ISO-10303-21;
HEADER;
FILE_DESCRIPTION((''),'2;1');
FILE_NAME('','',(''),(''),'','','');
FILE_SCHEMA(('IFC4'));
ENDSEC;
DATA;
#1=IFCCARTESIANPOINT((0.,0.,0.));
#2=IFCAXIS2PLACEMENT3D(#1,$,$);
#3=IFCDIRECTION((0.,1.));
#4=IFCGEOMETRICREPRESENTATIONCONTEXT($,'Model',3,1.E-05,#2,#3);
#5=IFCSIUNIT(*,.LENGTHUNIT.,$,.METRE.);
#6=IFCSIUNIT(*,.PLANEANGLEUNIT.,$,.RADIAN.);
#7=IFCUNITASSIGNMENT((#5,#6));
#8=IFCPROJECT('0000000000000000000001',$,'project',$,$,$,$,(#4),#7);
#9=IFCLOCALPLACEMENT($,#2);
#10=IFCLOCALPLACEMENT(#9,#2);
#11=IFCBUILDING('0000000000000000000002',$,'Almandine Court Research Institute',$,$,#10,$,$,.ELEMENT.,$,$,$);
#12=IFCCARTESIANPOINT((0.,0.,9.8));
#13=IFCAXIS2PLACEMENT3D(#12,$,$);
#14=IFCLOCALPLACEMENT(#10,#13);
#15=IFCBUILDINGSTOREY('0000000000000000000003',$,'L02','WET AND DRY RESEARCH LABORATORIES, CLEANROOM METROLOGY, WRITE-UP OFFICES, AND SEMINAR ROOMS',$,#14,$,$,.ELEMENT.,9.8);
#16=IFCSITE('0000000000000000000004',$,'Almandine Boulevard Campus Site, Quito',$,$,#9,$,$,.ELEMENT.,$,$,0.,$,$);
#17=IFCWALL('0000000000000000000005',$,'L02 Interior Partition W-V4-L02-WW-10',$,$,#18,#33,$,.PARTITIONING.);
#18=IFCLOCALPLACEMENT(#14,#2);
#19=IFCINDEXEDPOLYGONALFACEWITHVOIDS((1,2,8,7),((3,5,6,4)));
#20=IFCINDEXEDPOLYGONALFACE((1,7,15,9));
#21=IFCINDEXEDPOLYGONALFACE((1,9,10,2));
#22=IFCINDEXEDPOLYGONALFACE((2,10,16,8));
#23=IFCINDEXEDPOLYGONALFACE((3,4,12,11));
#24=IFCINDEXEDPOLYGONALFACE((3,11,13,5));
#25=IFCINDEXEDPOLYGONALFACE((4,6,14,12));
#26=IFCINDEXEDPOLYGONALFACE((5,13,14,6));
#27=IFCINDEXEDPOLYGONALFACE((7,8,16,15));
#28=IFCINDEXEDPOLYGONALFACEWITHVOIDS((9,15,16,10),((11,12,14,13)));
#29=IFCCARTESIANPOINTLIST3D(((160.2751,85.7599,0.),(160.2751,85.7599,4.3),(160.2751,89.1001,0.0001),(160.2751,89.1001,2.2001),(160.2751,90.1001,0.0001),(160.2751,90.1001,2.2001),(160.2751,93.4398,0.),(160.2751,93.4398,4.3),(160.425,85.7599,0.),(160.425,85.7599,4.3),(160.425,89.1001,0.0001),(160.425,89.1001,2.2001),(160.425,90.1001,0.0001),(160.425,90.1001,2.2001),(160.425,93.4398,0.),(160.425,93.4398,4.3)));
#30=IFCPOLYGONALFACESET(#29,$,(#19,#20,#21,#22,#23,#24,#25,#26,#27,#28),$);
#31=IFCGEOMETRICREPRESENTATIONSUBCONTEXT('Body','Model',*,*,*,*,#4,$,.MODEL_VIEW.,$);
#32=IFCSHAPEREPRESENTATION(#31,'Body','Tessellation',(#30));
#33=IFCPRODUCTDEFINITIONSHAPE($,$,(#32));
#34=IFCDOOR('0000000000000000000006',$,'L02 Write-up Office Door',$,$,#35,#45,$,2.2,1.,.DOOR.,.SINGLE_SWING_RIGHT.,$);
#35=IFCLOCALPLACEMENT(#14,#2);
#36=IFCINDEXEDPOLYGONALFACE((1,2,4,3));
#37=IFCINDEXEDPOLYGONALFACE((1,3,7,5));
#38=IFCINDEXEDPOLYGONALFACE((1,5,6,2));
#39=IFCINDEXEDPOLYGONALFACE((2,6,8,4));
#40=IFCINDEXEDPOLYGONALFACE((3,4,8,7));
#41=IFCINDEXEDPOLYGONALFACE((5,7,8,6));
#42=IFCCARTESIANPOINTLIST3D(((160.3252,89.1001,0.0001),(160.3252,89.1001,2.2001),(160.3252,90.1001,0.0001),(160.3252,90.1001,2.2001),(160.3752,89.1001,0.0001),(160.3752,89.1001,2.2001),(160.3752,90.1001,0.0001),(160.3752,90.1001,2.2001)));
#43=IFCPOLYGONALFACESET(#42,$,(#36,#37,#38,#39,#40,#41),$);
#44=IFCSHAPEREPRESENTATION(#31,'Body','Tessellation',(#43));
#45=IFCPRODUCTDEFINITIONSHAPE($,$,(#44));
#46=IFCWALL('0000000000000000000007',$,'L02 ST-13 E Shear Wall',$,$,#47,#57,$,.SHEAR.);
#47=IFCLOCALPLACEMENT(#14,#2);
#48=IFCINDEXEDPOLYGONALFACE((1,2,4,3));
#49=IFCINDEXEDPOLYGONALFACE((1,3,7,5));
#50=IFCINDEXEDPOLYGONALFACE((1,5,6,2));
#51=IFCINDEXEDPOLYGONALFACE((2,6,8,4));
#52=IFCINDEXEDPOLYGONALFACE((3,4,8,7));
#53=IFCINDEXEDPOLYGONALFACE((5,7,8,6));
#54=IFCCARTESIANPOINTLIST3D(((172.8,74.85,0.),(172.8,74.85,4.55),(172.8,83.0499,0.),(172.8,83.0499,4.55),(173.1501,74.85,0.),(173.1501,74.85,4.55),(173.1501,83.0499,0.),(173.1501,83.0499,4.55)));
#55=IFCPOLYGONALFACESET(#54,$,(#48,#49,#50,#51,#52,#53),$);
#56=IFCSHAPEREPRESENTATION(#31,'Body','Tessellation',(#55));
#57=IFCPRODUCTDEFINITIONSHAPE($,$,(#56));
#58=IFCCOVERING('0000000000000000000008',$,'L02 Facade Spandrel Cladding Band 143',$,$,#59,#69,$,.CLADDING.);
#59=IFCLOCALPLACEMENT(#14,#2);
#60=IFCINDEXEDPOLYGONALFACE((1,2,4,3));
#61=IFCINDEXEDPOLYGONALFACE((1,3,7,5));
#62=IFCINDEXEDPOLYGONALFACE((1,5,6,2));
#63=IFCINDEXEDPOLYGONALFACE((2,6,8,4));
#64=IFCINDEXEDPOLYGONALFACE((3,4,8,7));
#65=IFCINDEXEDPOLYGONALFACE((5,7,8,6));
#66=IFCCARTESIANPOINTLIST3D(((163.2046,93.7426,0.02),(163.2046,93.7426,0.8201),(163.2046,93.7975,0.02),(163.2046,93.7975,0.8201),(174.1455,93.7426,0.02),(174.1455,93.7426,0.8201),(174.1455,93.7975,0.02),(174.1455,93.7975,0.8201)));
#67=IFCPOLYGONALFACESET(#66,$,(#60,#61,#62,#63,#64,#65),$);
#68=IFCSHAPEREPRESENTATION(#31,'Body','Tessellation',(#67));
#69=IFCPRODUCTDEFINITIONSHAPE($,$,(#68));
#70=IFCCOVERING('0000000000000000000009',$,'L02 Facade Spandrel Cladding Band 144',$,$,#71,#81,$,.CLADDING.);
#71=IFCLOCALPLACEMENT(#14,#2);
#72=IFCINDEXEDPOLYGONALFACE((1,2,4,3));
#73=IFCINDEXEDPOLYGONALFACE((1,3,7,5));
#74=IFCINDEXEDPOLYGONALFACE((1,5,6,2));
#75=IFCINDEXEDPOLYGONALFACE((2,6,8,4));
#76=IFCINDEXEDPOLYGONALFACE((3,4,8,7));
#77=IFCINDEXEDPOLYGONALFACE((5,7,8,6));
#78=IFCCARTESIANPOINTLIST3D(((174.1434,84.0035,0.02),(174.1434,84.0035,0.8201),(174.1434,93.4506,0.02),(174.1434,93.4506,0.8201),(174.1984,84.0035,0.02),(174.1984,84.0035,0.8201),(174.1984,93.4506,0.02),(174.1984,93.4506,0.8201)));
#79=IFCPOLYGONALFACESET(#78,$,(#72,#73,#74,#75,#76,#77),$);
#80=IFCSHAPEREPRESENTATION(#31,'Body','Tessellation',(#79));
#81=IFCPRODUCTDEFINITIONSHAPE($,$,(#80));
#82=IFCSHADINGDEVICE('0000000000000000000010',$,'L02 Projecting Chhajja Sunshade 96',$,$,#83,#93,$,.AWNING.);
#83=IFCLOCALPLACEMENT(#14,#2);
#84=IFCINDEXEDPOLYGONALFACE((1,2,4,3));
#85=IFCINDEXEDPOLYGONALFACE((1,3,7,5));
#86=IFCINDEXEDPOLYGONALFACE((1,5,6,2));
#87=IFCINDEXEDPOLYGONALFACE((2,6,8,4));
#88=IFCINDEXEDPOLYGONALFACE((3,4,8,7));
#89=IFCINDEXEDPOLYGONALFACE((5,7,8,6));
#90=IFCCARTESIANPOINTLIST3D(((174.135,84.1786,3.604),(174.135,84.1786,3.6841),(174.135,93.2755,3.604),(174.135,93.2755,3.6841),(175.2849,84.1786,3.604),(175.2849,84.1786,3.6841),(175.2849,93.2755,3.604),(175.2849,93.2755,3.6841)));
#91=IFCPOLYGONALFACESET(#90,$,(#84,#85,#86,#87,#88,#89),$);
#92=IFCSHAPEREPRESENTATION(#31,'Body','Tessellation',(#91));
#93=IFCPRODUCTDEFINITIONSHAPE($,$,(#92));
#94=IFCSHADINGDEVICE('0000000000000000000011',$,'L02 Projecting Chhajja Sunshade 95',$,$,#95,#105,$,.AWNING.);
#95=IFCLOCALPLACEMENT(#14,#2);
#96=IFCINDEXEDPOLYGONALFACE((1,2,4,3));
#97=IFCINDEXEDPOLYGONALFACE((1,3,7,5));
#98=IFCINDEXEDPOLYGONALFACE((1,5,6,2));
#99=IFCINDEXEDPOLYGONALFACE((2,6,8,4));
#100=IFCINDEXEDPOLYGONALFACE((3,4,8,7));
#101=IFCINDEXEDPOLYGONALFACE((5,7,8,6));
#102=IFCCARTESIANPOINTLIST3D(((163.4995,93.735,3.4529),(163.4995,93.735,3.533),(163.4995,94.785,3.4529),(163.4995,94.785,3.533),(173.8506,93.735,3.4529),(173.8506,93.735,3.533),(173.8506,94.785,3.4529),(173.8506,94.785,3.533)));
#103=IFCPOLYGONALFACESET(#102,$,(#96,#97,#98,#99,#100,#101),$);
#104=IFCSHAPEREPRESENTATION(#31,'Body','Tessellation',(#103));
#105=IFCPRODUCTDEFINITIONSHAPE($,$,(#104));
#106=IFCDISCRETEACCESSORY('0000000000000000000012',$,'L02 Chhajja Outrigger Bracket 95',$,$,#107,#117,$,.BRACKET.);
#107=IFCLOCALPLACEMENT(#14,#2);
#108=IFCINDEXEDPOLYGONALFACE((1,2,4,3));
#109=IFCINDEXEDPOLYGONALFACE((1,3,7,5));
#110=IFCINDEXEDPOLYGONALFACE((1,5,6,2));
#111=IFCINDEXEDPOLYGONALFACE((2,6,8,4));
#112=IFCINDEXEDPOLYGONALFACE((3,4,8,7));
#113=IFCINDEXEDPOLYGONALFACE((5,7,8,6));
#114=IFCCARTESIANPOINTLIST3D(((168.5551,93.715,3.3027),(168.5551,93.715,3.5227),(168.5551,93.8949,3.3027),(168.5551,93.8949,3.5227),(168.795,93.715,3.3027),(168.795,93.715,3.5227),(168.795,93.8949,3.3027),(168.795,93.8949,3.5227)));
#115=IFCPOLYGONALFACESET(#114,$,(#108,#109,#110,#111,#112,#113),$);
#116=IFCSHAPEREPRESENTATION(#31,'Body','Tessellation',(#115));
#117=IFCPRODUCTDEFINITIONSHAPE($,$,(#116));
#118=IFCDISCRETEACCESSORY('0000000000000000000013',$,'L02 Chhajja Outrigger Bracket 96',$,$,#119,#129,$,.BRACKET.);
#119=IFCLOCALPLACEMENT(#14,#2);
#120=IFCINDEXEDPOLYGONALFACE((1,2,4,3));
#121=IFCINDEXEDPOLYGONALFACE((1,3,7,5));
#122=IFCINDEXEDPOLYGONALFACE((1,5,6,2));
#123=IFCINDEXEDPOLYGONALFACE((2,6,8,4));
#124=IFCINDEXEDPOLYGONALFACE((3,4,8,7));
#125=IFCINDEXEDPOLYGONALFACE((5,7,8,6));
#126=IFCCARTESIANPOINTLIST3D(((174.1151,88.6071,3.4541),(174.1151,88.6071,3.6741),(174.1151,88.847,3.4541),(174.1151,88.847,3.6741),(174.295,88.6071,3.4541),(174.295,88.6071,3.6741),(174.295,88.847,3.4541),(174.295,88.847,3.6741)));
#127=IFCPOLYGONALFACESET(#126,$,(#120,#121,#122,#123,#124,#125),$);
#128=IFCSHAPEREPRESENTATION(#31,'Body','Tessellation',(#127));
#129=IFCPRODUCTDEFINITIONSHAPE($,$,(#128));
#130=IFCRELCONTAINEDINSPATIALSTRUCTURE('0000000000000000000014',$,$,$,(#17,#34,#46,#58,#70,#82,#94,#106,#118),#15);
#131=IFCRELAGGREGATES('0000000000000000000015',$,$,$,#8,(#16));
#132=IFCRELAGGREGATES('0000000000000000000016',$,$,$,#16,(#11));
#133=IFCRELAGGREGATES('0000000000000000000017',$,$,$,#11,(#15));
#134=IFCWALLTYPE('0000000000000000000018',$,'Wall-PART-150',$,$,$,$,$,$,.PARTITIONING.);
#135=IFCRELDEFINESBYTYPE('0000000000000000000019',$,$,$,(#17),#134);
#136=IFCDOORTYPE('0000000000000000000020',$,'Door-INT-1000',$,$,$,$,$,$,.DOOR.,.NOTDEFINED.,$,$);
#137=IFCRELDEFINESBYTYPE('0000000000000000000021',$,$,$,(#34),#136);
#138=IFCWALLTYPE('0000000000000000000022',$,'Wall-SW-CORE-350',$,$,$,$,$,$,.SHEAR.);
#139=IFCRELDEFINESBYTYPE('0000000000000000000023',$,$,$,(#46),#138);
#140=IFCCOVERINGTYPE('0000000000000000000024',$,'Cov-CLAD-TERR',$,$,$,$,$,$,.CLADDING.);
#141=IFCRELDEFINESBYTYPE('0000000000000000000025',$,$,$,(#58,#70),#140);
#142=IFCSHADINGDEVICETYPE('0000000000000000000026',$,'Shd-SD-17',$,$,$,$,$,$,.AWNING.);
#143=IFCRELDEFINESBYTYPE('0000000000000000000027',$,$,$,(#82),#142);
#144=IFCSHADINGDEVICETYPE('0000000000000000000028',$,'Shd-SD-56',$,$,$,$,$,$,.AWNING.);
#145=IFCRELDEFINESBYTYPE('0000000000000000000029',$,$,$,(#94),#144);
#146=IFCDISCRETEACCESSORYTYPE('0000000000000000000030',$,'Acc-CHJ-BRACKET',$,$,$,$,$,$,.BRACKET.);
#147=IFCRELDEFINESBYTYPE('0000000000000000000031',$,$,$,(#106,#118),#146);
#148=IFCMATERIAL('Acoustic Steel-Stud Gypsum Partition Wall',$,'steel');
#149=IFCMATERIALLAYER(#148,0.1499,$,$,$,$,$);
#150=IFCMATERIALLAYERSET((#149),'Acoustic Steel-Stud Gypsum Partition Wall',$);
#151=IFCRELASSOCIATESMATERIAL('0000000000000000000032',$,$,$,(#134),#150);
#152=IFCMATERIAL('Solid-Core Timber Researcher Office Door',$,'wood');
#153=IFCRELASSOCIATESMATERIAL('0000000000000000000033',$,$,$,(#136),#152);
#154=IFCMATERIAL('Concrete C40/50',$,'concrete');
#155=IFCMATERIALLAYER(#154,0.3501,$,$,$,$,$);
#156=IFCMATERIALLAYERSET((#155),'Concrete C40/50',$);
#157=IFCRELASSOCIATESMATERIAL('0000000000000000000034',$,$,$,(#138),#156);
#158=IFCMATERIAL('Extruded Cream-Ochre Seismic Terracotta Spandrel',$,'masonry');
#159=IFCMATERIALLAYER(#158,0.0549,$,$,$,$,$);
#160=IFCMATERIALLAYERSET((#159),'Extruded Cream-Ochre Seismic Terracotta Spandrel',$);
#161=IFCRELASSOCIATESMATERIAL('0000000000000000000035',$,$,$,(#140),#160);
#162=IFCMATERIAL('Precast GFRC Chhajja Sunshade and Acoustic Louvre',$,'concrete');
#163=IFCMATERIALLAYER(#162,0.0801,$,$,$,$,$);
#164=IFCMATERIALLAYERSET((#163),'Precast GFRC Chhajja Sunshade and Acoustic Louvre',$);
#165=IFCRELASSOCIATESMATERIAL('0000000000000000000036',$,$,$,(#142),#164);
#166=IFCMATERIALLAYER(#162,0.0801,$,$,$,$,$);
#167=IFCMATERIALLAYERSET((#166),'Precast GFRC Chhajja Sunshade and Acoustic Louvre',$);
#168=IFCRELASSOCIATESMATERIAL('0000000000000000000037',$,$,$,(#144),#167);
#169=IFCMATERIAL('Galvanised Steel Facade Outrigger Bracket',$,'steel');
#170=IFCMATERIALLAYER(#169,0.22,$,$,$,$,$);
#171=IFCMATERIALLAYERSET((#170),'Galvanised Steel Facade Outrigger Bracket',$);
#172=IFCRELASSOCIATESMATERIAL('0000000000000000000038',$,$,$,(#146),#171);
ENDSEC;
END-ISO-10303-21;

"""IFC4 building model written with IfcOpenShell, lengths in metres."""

from ifc_helpers import new_model, si_unit, direction, frame, frame_2d, origin, origin_2d, place, context, subcontext, project, spatial, rectangle, extrude, material, layer, layer_set, type_object, element, fill, save


model = new_model("IFC4")

# Units and contexts
model_context = context("Model", 3, precision=1e-05, world=origin(), true_north=direction((0.0, 1.0)))
body_context = subcontext(model_context, "Body", "Model", "MODEL_VIEW")
ifc_project = project(units=[si_unit("LENGTHUNIT", "METRE"), si_unit("PLANEANGLEUNIT", "RADIAN")], contexts=[model_context])

# Site, building, storey
site_placement = place(None, origin())
site = spatial("IfcSite", under=ifc_project, at=site_placement, Name="Almandine Boulevard Campus Site, Quito", CompositionType="ELEMENT", RefElevation=0.0)
building_placement = place(site_placement, origin())
building = spatial("IfcBuilding", under=site, at=building_placement, Name="Almandine Court Research Institute", CompositionType="ELEMENT")
storey_placement = place(building_placement, frame((0.0, 0.0, 9.8)))
storey = spatial("IfcBuildingStorey", under=building, at=storey_placement, Name="L02", Description="WET AND DRY RESEARCH LABORATORIES, CLEANROOM METROLOGY, WRITE-UP OFFICES, AND SEMINAR ROOMS", CompositionType="ELEMENT", Elevation=9.8)

# Wall, opening, door
ifc_material_1 = material(Name="Acoustic Steel-Stud Gypsum Partition Wall", Category="steel")
ifc_layer_1 = layer(ifc_material_1, 0.1499)
ifc_layer_set_1 = layer_set([ifc_layer_1], Name="Acoustic Steel-Stud Gypsum Partition Wall")
wall_type_1 = type_object("IfcWallType", Name="Wall-PART-150", PredefinedType="PARTITIONING", material=ifc_layer_set_1)
wall_1_placement = place(storey_placement, frame((160.3501, 85.76, 0.0), z_axis=(0.0, 0.0, 1.0), x_axis=(0.0, 1.0, 0.0)))
wall_1 = element("IfcWall", 1, at=wall_1_placement, inside=storey, type_object=wall_type_1, Name="L02 Interior Partition W-V4-L02-WW-10", PredefinedType="PARTITIONING", context=body_context, shape_type="SweptSolid", body=[
    extrude(rectangle(XDim=7.6799, YDim=0.1499, at=frame_2d((3.8398, 0.0))), origin(), (0.0, 0.0, 1.0), 4.3),
])
opening_1_placement = place(wall_1_placement, frame((3.3401, 0.0, 0.0)))
opening_1 = element("IfcOpeningElement", 2, at=opening_1_placement, cuts=wall_1, PredefinedType="OPENING", context=body_context, shape_type="SweptSolid", body=[
    extrude(rectangle(XDim=1.0, YDim=2.2, at=frame_2d((0.5, 1.1001))), frame((0.0, 0.085, 0.0), z_axis=(0.0, -1.0, 0.0), x_axis=(1.0, 0.0, 0.0)), (0.0, 0.0, 1.0), 0.1699),
])
ifc_material_2 = material(Name="Solid-Core Timber Researcher Office Door", Category="wood")
door_type = type_object("IfcDoorType", Name="Door-INT-1000", OperationType="NOTDEFINED", PredefinedType="DOOR", material=ifc_material_2)
door_placement = place(opening_1_placement, origin())
door = element("IfcDoor", 3, at=door_placement, inside=storey, type_object=door_type, Name="L02 Write-up Office Door", OperationType="SINGLE_SWING_RIGHT", OverallHeight=2.2, OverallWidth=1.0, PredefinedType="DOOR", context=body_context, shape_type="SweptSolid", body=[
    extrude(rectangle(XDim=1.0, YDim=2.2, at=frame_2d((0.5, 1.1001))), frame((0.0, 0.0249, 0.0), z_axis=(0.0, -1.0, 0.0), x_axis=(1.0, 0.0, 0.0)), (0.0, 0.0, 1.0), 0.05),
])
fill(opening_1, door)

# Wall
ifc_material_3 = material(Name="Concrete C40/50", Category="concrete")
ifc_layer_2 = layer(ifc_material_3, 0.3501)
ifc_layer_set_2 = layer_set([ifc_layer_2], Name="Concrete C40/50")
wall_type_2 = type_object("IfcWallType", Name="Wall-SW-CORE-350", PredefinedType="SHEAR", material=ifc_layer_set_2)
wall_2_placement = place(storey_placement, frame((172.9751, 83.05, 0.0), z_axis=(0.0, 0.0, 1.0), x_axis=(0.0, -1.0, 0.0)))
element("IfcWall", 4, at=wall_2_placement, inside=storey, type_object=wall_type_2, Name="L02 ST-13 E Shear Wall", PredefinedType="SHEAR", context=body_context, shape_type="SweptSolid", body=[
    extrude(rectangle(XDim=8.2, YDim=0.3501, at=frame_2d((4.1001, 0.0))), origin(), (0.0, 0.0, 1.0), 4.55),
])

# Coverings
ifc_material_4 = material(Name="Extruded Cream-Ochre Seismic Terracotta Spandrel", Category="masonry")
ifc_layer_3 = layer(ifc_material_4, 0.0549)
ifc_layer_set_3 = layer_set([ifc_layer_3], Name="Extruded Cream-Ochre Seismic Terracotta Spandrel")
covering_type = type_object("IfcCoveringType", Name="Cov-CLAD-TERR", PredefinedType="CLADDING", material=ifc_layer_set_3)
covering_1_placement = place(storey_placement, frame((168.675, 93.77, 0.02), z_axis=(0.0, 0.0, 1.0), x_axis=(1.0, 0.0, 0.0)))
element("IfcCovering", 5, at=covering_1_placement, inside=storey, type_object=covering_type, Name="L02 Facade Spandrel Cladding Band 143", PredefinedType="CLADDING", context=body_context, shape_type="SweptSolid", body=[
    extrude(rectangle(XDim=10.9409, YDim=0.0549, at=origin_2d()), origin(), (0.0, 0.0, 1.0), 0.8),
])
covering_2_placement = place(storey_placement, frame((174.1709, 88.7271, 0.02), z_axis=(0.0, 0.0, 1.0), x_axis=(0.0, -1.0, 0.0)))
element("IfcCovering", 6, at=covering_2_placement, inside=storey, type_object=covering_type, Name="L02 Facade Spandrel Cladding Band 144", PredefinedType="CLADDING", context=body_context, shape_type="SweptSolid", body=[
    extrude(rectangle(XDim=9.447, YDim=0.0549, at=origin_2d()), origin(), (0.0, 0.0, 1.0), 0.8),
])

# Shading devices
ifc_material_5 = material(Name="Precast GFRC Chhajja Sunshade and Acoustic Louvre", Category="concrete")
ifc_layer_4 = layer(ifc_material_5, 0.0801)
ifc_layer_set_4 = layer_set([ifc_layer_4], Name="Precast GFRC Chhajja Sunshade and Acoustic Louvre")
shading_device_type_1 = type_object("IfcShadingDeviceType", Name="Shd-SD-17", PredefinedType="AWNING", material=ifc_layer_set_4)
shading_device_1_placement = place(storey_placement, frame((174.71, 88.7271, 3.604), z_axis=(0.0, 0.0, 1.0), x_axis=(0.0, -1.0, 0.0)))
element("IfcShadingDevice", 7, at=shading_device_1_placement, inside=storey, type_object=shading_device_type_1, Name="L02 Projecting Chhajja Sunshade 96", PredefinedType="AWNING", context=body_context, shape_type="SweptSolid", body=[
    extrude(rectangle(XDim=9.0969, YDim=1.1499, at=origin_2d()), origin(), (0.0, 0.0, 1.0), 0.0801),
])
ifc_layer_5 = layer(ifc_material_5, 0.0801)
ifc_layer_set_5 = layer_set([ifc_layer_5], Name="Precast GFRC Chhajja Sunshade and Acoustic Louvre")
shading_device_type_2 = type_object("IfcShadingDeviceType", Name="Shd-SD-56", PredefinedType="AWNING", material=ifc_layer_set_5)
shading_device_2_placement = place(storey_placement, frame((168.675, 94.26, 3.4529), z_axis=(0.0, 0.0, 1.0), x_axis=(1.0, 0.0, 0.0)))
element("IfcShadingDevice", 8, at=shading_device_2_placement, inside=storey, type_object=shading_device_type_2, Name="L02 Projecting Chhajja Sunshade 95", PredefinedType="AWNING", context=body_context, shape_type="SweptSolid", body=[
    extrude(rectangle(XDim=10.3511, YDim=1.05, at=origin_2d()), origin(), (0.0, 0.0, 1.0), 0.0801),
])

# Discrete accessories
ifc_material_6 = material(Name="Galvanised Steel Facade Outrigger Bracket", Category="steel")
ifc_layer_6 = layer(ifc_material_6, 0.22)
ifc_layer_set_6 = layer_set([ifc_layer_6], Name="Galvanised Steel Facade Outrigger Bracket")
discrete_accessory_type = type_object("IfcDiscreteAccessoryType", Name="Acc-CHJ-BRACKET", PredefinedType="BRACKET", material=ifc_layer_set_6)
for number, where, z_axis, x_axis, name in (
    (9, (168.675, 93.8049, 3.3027), (0.0, 0.0, 1.0), (1.0, 0.0, 0.0), "L02 Chhajja Outrigger Bracket 95"),
    (10, (174.2051, 88.7271, 3.4541), (0.0, 0.0, 1.0), (0.0, -1.0, 0.0), "L02 Chhajja Outrigger Bracket 96"),
):
    element("IfcDiscreteAccessory", number, at=place(storey_placement, frame(where, z_axis=z_axis, x_axis=x_axis)), inside=storey, type_object=discrete_accessory_type, Name=name, PredefinedType="BRACKET", context=body_context, shape_type="SweptSolid", body=[
        extrude(rectangle(XDim=0.24, YDim=0.1799, at=origin_2d()), origin(), (0.0, 0.0, 1.0), 0.22),
    ])

save(model, "model.ifc")
